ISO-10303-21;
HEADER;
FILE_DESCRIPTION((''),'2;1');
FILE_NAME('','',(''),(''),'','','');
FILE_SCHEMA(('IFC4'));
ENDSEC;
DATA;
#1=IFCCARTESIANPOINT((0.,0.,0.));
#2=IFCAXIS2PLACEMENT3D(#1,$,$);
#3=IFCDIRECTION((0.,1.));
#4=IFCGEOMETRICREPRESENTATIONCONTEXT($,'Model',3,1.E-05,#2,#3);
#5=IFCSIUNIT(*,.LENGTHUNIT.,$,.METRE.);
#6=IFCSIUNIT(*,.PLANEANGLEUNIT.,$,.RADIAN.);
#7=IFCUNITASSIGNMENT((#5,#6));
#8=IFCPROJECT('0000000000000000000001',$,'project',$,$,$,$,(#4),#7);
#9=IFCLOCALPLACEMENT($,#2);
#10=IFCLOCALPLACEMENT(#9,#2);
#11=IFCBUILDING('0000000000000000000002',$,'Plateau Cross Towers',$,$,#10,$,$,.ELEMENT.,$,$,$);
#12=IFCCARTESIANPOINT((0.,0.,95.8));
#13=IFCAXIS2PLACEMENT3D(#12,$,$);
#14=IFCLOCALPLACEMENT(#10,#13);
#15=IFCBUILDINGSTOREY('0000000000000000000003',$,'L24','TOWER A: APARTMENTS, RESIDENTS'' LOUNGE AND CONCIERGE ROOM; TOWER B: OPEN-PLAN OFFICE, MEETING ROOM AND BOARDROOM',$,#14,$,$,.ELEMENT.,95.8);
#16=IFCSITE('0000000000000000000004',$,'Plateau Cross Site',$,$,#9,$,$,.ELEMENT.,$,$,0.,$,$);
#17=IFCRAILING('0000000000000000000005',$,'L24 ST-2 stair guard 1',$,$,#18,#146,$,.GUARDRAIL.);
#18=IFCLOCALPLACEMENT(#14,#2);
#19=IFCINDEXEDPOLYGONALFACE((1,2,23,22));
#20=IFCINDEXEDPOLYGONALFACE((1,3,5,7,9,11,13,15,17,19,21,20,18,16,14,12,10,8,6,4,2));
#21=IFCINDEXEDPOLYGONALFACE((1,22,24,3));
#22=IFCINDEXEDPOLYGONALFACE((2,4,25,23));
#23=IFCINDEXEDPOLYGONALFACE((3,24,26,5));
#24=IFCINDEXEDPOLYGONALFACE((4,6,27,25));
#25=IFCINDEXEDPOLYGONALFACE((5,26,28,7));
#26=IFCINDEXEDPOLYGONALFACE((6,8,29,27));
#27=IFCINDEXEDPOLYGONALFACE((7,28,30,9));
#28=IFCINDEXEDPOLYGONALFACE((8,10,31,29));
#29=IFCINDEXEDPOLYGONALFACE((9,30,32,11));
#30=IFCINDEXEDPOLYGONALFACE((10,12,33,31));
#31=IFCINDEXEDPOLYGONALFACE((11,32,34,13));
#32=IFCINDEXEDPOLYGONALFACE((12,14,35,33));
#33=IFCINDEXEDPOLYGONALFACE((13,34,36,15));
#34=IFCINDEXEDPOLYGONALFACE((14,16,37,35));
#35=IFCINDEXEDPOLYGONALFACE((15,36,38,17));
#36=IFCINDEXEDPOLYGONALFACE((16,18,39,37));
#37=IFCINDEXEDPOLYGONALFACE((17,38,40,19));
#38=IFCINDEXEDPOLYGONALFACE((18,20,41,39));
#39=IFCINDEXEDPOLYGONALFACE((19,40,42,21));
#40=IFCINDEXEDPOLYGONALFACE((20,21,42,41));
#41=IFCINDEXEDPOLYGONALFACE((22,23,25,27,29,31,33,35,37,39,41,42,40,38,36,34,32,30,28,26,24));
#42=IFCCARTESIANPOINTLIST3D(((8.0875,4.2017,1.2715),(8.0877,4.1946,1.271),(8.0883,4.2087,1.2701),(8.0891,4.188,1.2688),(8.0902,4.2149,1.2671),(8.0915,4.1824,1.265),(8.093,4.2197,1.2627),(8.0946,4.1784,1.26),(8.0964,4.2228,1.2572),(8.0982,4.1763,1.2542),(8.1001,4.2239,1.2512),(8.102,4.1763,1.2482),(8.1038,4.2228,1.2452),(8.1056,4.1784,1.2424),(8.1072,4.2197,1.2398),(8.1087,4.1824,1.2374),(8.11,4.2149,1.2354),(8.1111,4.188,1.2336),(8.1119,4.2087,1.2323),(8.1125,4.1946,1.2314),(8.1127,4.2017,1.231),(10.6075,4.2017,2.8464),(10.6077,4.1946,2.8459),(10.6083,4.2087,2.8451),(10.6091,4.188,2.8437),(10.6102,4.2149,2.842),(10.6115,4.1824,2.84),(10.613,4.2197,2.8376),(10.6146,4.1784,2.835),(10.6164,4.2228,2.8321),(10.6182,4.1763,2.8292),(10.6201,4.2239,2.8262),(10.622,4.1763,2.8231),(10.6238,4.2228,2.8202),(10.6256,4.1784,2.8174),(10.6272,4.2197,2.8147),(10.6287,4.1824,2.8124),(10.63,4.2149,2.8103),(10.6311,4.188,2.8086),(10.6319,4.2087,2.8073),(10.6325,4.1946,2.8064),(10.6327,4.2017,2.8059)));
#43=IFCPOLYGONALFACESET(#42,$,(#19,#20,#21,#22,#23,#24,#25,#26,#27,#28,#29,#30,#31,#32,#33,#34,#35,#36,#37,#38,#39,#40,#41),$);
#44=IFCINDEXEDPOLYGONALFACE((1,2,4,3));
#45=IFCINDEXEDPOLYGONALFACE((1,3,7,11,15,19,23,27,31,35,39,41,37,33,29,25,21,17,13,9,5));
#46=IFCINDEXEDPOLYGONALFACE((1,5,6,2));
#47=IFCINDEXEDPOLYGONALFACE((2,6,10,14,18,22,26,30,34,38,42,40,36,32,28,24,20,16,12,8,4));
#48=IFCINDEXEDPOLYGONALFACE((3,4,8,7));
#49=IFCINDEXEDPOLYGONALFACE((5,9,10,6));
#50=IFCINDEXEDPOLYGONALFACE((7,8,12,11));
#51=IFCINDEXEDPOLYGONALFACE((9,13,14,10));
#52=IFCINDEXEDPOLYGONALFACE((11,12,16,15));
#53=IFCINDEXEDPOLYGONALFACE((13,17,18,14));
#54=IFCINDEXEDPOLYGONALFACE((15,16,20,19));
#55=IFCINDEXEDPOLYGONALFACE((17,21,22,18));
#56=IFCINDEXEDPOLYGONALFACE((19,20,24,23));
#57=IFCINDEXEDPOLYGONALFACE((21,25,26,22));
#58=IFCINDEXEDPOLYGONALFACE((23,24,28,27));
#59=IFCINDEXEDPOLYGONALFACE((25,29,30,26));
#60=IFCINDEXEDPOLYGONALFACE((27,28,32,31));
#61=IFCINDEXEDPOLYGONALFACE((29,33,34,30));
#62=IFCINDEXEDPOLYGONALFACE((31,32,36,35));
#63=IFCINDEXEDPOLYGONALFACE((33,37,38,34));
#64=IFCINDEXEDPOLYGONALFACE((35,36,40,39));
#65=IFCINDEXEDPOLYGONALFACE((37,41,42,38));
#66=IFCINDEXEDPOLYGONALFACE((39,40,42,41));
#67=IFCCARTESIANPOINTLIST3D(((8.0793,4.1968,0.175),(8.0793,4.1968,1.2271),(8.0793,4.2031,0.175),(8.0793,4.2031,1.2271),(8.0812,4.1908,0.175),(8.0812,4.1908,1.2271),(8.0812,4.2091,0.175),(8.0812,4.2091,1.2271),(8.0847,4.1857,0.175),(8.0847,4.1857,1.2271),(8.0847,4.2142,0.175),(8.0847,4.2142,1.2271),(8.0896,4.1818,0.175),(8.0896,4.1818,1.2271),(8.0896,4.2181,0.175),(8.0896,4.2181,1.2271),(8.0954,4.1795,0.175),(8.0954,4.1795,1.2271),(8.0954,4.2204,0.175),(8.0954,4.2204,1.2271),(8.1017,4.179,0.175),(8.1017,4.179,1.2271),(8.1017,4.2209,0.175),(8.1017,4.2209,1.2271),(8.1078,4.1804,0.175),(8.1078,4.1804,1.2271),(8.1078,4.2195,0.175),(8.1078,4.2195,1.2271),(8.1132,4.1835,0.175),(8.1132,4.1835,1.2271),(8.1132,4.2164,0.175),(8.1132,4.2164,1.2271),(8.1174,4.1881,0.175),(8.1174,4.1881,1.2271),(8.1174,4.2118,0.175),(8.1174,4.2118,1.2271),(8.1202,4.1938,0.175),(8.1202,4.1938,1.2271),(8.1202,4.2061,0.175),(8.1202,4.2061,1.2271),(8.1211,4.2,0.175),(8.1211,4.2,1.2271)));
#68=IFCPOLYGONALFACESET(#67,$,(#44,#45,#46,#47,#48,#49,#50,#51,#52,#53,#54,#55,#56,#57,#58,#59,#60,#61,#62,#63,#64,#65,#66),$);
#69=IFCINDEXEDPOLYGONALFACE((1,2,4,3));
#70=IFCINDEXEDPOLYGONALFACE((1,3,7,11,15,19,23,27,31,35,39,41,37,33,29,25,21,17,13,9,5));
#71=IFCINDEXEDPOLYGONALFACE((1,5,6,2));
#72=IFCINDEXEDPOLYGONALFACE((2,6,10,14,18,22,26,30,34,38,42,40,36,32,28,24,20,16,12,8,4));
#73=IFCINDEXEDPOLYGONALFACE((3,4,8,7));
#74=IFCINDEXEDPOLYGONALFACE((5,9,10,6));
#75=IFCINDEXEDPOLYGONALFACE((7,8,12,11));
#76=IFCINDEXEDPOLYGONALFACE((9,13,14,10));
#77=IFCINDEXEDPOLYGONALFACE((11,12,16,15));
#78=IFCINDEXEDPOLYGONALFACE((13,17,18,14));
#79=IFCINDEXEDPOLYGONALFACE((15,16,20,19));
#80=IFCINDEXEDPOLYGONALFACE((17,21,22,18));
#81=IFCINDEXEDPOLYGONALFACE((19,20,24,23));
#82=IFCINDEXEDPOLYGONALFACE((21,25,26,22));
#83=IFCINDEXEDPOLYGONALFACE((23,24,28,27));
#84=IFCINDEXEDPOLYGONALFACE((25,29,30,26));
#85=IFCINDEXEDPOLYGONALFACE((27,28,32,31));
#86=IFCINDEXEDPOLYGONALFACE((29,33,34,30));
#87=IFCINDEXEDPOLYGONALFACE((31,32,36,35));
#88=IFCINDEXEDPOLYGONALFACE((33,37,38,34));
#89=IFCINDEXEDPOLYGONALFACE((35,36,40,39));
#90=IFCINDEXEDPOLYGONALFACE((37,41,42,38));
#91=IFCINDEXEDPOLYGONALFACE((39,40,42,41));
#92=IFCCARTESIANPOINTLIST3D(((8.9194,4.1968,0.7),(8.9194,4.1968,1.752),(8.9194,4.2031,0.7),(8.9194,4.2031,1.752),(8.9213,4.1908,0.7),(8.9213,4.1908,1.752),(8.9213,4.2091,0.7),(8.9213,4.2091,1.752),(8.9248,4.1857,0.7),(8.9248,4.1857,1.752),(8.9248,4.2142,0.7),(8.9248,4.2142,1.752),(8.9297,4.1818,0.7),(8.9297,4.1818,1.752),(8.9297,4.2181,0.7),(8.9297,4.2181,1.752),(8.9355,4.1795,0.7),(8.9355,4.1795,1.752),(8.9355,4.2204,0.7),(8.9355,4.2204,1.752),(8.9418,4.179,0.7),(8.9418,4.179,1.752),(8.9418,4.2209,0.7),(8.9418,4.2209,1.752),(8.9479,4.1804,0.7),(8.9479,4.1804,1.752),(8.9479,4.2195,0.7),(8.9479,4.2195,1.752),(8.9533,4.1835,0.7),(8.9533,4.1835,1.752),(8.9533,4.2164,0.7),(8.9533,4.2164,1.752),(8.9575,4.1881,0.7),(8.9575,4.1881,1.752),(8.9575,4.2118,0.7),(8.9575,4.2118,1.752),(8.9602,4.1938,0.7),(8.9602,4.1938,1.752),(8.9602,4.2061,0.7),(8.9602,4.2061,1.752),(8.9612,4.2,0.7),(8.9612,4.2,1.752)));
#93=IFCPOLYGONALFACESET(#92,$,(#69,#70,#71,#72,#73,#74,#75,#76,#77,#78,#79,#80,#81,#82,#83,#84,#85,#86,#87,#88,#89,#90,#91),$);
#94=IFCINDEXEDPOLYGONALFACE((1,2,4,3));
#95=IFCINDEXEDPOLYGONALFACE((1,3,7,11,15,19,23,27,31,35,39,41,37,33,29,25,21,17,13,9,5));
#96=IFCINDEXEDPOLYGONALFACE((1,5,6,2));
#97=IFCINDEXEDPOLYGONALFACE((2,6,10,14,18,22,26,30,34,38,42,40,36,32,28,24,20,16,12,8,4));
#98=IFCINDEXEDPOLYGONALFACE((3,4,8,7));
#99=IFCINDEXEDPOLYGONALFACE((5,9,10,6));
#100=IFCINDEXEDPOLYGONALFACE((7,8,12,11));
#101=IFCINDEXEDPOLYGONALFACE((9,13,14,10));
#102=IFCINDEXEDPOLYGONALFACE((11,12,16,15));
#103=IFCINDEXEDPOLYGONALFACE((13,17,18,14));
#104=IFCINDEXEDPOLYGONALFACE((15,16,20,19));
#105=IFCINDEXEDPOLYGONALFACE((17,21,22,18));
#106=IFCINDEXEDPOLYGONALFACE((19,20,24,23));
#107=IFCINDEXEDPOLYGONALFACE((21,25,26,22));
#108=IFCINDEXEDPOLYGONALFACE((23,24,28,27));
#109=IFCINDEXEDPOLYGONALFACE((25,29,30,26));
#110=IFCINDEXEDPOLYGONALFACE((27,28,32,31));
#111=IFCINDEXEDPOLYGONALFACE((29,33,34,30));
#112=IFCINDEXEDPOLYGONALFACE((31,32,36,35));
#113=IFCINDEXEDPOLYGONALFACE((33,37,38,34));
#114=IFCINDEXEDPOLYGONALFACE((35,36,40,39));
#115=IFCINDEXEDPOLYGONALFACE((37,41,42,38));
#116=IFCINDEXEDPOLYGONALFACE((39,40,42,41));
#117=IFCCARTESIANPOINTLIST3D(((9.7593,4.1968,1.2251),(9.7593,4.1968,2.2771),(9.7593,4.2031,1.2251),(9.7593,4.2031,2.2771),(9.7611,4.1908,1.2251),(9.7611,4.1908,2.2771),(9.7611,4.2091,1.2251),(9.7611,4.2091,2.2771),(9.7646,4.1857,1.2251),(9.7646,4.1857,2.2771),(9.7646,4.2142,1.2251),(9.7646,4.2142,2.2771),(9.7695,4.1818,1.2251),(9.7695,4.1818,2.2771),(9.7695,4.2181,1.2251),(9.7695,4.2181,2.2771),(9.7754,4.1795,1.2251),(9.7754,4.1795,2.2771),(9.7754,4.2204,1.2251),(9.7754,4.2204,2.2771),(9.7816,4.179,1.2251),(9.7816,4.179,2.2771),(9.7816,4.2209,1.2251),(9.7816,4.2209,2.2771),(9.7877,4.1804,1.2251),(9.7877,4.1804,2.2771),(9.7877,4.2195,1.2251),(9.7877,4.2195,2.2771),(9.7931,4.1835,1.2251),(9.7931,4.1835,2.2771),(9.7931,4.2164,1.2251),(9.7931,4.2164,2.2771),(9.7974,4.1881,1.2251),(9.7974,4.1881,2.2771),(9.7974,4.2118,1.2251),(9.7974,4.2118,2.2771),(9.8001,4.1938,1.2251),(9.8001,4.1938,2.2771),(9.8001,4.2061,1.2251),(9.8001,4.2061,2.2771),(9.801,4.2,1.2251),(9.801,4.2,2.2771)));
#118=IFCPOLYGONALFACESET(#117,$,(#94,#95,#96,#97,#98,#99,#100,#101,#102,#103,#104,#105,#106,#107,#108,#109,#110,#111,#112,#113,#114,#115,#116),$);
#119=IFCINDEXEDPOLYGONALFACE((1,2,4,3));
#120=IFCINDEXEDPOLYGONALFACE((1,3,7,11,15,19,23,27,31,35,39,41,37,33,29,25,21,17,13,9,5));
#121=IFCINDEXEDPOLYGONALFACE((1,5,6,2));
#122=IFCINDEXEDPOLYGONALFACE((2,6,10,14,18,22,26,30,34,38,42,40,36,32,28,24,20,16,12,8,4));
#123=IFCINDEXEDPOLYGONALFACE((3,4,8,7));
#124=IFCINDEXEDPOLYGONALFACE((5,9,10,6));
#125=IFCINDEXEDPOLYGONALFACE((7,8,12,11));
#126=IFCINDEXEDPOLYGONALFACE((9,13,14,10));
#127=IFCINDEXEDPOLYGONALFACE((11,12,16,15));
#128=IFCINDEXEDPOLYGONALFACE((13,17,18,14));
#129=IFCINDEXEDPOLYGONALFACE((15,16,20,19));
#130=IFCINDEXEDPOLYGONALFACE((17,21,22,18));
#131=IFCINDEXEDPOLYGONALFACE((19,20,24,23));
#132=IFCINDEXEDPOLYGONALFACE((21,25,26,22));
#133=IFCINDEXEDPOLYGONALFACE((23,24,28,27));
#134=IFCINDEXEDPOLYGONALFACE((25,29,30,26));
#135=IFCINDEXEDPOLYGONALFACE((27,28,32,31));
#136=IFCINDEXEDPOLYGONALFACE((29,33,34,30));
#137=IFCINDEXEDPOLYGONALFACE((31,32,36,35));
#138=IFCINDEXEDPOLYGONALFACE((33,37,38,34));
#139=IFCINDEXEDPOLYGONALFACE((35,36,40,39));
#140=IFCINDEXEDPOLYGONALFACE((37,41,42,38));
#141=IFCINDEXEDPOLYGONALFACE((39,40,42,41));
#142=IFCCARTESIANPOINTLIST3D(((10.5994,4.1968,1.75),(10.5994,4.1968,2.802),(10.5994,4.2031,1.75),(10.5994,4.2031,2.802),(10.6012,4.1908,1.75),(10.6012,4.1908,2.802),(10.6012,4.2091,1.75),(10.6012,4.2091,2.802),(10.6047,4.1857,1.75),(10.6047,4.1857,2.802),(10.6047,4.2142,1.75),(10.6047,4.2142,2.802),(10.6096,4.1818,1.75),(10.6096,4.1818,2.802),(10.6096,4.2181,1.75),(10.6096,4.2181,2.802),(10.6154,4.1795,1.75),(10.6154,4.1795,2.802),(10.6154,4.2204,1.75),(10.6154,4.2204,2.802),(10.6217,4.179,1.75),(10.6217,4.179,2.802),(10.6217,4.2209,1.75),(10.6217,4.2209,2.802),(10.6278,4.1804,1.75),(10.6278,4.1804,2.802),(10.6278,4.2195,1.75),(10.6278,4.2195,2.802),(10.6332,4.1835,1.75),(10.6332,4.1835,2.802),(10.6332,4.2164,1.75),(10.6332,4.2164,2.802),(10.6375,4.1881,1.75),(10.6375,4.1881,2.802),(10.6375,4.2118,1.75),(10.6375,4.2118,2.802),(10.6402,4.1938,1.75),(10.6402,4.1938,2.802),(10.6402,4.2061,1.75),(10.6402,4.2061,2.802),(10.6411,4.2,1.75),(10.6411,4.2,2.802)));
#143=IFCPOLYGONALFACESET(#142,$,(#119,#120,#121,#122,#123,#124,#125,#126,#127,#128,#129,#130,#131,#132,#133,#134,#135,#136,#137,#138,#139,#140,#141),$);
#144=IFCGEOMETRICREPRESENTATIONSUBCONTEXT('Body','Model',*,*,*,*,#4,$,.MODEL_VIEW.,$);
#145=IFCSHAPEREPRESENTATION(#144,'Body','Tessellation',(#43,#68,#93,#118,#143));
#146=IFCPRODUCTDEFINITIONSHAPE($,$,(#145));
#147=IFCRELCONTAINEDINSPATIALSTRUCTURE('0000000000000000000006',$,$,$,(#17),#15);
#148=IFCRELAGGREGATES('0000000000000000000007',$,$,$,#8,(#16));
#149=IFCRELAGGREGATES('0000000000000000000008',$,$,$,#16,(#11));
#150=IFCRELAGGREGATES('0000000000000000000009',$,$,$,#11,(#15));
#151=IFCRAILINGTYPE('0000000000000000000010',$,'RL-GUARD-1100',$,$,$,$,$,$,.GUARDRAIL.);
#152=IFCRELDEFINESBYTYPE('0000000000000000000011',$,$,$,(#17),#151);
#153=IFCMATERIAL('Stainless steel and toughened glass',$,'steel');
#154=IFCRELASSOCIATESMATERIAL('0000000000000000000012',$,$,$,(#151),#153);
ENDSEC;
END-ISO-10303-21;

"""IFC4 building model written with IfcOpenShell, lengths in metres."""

from ifc_helpers import new_model, si_unit, direction, frame, origin, origin_2d, place, context, subcontext, project, spatial, circle, extrude, material, type_object, element, save


model = new_model("IFC4")

# Units and contexts
model_context = context("Model", 3, precision=1e-05, world=origin(), true_north=direction((0.0, 1.0)))
body_context = subcontext(model_context, "Body", "Model", "MODEL_VIEW")
ifc_project = project(units=[si_unit("LENGTHUNIT", "METRE"), si_unit("PLANEANGLEUNIT", "RADIAN")], contexts=[model_context])

# Site, building, storey
site_placement = place(None, origin())
site = spatial("IfcSite", under=ifc_project, at=site_placement, Name="Plateau Cross Site", CompositionType="ELEMENT", RefElevation=0.0)
building_placement = place(site_placement, origin())
building = spatial("IfcBuilding", under=site, at=building_placement, Name="Plateau Cross Towers", CompositionType="ELEMENT")
storey_placement = place(building_placement, frame((0.0, 0.0, 95.8)))
storey = spatial("IfcBuildingStorey", under=building, at=storey_placement, Name="L24", Description="TOWER A: APARTMENTS, RESIDENTS' LOUNGE AND CONCIERGE ROOM; TOWER B: OPEN-PLAN OFFICE, MEETING ROOM AND BOARDROOM", CompositionType="ELEMENT", Elevation=95.8)

# Railing
ifc_material_1 = material(Name="Stainless steel and toughened glass", Category="steel")
railing_type_1 = type_object("IfcRailingType", Name="RL-GUARD-1100", PredefinedType="GUARDRAIL", material=ifc_material_1)
railing_1_placement = place(storey_placement, frame((8.1001, 4.2, 0.175)))
element("IfcRailing", 1, at=railing_1_placement, inside=storey, type_object=railing_type_1, Name="L24 ST-2 stair guard 1", PredefinedType="GUARDRAIL", context=body_context, shape_type="SweptSolid", body=[
    extrude(circle(Radius=0.0239, at=origin_2d()), frame((0.0, 0.0, 1.0762), z_axis=(0.848008, 0.0, 0.529984), x_axis=(0.0, 1.0, 0.0)), (0.0, 0.0, 1.0), 2.9717),
    extrude(circle(Radius=0.021, at=origin_2d()), origin(), (0.0, 0.0, 1.0), 1.052),
    extrude(circle(Radius=0.021, at=origin_2d()), frame((0.8401, 0.0, 0.5249)), (0.0, 0.0, 1.0), 1.052),
    extrude(circle(Radius=0.021, at=origin_2d()), frame((1.6799, 0.0, 1.05)), (0.0, 0.0, 1.0), 1.052),
    extrude(circle(Radius=0.021, at=origin_2d()), frame((2.52, 0.0, 1.575)), (0.0, 0.0, 1.0), 1.052),
])

save(model, "model.ifc")
